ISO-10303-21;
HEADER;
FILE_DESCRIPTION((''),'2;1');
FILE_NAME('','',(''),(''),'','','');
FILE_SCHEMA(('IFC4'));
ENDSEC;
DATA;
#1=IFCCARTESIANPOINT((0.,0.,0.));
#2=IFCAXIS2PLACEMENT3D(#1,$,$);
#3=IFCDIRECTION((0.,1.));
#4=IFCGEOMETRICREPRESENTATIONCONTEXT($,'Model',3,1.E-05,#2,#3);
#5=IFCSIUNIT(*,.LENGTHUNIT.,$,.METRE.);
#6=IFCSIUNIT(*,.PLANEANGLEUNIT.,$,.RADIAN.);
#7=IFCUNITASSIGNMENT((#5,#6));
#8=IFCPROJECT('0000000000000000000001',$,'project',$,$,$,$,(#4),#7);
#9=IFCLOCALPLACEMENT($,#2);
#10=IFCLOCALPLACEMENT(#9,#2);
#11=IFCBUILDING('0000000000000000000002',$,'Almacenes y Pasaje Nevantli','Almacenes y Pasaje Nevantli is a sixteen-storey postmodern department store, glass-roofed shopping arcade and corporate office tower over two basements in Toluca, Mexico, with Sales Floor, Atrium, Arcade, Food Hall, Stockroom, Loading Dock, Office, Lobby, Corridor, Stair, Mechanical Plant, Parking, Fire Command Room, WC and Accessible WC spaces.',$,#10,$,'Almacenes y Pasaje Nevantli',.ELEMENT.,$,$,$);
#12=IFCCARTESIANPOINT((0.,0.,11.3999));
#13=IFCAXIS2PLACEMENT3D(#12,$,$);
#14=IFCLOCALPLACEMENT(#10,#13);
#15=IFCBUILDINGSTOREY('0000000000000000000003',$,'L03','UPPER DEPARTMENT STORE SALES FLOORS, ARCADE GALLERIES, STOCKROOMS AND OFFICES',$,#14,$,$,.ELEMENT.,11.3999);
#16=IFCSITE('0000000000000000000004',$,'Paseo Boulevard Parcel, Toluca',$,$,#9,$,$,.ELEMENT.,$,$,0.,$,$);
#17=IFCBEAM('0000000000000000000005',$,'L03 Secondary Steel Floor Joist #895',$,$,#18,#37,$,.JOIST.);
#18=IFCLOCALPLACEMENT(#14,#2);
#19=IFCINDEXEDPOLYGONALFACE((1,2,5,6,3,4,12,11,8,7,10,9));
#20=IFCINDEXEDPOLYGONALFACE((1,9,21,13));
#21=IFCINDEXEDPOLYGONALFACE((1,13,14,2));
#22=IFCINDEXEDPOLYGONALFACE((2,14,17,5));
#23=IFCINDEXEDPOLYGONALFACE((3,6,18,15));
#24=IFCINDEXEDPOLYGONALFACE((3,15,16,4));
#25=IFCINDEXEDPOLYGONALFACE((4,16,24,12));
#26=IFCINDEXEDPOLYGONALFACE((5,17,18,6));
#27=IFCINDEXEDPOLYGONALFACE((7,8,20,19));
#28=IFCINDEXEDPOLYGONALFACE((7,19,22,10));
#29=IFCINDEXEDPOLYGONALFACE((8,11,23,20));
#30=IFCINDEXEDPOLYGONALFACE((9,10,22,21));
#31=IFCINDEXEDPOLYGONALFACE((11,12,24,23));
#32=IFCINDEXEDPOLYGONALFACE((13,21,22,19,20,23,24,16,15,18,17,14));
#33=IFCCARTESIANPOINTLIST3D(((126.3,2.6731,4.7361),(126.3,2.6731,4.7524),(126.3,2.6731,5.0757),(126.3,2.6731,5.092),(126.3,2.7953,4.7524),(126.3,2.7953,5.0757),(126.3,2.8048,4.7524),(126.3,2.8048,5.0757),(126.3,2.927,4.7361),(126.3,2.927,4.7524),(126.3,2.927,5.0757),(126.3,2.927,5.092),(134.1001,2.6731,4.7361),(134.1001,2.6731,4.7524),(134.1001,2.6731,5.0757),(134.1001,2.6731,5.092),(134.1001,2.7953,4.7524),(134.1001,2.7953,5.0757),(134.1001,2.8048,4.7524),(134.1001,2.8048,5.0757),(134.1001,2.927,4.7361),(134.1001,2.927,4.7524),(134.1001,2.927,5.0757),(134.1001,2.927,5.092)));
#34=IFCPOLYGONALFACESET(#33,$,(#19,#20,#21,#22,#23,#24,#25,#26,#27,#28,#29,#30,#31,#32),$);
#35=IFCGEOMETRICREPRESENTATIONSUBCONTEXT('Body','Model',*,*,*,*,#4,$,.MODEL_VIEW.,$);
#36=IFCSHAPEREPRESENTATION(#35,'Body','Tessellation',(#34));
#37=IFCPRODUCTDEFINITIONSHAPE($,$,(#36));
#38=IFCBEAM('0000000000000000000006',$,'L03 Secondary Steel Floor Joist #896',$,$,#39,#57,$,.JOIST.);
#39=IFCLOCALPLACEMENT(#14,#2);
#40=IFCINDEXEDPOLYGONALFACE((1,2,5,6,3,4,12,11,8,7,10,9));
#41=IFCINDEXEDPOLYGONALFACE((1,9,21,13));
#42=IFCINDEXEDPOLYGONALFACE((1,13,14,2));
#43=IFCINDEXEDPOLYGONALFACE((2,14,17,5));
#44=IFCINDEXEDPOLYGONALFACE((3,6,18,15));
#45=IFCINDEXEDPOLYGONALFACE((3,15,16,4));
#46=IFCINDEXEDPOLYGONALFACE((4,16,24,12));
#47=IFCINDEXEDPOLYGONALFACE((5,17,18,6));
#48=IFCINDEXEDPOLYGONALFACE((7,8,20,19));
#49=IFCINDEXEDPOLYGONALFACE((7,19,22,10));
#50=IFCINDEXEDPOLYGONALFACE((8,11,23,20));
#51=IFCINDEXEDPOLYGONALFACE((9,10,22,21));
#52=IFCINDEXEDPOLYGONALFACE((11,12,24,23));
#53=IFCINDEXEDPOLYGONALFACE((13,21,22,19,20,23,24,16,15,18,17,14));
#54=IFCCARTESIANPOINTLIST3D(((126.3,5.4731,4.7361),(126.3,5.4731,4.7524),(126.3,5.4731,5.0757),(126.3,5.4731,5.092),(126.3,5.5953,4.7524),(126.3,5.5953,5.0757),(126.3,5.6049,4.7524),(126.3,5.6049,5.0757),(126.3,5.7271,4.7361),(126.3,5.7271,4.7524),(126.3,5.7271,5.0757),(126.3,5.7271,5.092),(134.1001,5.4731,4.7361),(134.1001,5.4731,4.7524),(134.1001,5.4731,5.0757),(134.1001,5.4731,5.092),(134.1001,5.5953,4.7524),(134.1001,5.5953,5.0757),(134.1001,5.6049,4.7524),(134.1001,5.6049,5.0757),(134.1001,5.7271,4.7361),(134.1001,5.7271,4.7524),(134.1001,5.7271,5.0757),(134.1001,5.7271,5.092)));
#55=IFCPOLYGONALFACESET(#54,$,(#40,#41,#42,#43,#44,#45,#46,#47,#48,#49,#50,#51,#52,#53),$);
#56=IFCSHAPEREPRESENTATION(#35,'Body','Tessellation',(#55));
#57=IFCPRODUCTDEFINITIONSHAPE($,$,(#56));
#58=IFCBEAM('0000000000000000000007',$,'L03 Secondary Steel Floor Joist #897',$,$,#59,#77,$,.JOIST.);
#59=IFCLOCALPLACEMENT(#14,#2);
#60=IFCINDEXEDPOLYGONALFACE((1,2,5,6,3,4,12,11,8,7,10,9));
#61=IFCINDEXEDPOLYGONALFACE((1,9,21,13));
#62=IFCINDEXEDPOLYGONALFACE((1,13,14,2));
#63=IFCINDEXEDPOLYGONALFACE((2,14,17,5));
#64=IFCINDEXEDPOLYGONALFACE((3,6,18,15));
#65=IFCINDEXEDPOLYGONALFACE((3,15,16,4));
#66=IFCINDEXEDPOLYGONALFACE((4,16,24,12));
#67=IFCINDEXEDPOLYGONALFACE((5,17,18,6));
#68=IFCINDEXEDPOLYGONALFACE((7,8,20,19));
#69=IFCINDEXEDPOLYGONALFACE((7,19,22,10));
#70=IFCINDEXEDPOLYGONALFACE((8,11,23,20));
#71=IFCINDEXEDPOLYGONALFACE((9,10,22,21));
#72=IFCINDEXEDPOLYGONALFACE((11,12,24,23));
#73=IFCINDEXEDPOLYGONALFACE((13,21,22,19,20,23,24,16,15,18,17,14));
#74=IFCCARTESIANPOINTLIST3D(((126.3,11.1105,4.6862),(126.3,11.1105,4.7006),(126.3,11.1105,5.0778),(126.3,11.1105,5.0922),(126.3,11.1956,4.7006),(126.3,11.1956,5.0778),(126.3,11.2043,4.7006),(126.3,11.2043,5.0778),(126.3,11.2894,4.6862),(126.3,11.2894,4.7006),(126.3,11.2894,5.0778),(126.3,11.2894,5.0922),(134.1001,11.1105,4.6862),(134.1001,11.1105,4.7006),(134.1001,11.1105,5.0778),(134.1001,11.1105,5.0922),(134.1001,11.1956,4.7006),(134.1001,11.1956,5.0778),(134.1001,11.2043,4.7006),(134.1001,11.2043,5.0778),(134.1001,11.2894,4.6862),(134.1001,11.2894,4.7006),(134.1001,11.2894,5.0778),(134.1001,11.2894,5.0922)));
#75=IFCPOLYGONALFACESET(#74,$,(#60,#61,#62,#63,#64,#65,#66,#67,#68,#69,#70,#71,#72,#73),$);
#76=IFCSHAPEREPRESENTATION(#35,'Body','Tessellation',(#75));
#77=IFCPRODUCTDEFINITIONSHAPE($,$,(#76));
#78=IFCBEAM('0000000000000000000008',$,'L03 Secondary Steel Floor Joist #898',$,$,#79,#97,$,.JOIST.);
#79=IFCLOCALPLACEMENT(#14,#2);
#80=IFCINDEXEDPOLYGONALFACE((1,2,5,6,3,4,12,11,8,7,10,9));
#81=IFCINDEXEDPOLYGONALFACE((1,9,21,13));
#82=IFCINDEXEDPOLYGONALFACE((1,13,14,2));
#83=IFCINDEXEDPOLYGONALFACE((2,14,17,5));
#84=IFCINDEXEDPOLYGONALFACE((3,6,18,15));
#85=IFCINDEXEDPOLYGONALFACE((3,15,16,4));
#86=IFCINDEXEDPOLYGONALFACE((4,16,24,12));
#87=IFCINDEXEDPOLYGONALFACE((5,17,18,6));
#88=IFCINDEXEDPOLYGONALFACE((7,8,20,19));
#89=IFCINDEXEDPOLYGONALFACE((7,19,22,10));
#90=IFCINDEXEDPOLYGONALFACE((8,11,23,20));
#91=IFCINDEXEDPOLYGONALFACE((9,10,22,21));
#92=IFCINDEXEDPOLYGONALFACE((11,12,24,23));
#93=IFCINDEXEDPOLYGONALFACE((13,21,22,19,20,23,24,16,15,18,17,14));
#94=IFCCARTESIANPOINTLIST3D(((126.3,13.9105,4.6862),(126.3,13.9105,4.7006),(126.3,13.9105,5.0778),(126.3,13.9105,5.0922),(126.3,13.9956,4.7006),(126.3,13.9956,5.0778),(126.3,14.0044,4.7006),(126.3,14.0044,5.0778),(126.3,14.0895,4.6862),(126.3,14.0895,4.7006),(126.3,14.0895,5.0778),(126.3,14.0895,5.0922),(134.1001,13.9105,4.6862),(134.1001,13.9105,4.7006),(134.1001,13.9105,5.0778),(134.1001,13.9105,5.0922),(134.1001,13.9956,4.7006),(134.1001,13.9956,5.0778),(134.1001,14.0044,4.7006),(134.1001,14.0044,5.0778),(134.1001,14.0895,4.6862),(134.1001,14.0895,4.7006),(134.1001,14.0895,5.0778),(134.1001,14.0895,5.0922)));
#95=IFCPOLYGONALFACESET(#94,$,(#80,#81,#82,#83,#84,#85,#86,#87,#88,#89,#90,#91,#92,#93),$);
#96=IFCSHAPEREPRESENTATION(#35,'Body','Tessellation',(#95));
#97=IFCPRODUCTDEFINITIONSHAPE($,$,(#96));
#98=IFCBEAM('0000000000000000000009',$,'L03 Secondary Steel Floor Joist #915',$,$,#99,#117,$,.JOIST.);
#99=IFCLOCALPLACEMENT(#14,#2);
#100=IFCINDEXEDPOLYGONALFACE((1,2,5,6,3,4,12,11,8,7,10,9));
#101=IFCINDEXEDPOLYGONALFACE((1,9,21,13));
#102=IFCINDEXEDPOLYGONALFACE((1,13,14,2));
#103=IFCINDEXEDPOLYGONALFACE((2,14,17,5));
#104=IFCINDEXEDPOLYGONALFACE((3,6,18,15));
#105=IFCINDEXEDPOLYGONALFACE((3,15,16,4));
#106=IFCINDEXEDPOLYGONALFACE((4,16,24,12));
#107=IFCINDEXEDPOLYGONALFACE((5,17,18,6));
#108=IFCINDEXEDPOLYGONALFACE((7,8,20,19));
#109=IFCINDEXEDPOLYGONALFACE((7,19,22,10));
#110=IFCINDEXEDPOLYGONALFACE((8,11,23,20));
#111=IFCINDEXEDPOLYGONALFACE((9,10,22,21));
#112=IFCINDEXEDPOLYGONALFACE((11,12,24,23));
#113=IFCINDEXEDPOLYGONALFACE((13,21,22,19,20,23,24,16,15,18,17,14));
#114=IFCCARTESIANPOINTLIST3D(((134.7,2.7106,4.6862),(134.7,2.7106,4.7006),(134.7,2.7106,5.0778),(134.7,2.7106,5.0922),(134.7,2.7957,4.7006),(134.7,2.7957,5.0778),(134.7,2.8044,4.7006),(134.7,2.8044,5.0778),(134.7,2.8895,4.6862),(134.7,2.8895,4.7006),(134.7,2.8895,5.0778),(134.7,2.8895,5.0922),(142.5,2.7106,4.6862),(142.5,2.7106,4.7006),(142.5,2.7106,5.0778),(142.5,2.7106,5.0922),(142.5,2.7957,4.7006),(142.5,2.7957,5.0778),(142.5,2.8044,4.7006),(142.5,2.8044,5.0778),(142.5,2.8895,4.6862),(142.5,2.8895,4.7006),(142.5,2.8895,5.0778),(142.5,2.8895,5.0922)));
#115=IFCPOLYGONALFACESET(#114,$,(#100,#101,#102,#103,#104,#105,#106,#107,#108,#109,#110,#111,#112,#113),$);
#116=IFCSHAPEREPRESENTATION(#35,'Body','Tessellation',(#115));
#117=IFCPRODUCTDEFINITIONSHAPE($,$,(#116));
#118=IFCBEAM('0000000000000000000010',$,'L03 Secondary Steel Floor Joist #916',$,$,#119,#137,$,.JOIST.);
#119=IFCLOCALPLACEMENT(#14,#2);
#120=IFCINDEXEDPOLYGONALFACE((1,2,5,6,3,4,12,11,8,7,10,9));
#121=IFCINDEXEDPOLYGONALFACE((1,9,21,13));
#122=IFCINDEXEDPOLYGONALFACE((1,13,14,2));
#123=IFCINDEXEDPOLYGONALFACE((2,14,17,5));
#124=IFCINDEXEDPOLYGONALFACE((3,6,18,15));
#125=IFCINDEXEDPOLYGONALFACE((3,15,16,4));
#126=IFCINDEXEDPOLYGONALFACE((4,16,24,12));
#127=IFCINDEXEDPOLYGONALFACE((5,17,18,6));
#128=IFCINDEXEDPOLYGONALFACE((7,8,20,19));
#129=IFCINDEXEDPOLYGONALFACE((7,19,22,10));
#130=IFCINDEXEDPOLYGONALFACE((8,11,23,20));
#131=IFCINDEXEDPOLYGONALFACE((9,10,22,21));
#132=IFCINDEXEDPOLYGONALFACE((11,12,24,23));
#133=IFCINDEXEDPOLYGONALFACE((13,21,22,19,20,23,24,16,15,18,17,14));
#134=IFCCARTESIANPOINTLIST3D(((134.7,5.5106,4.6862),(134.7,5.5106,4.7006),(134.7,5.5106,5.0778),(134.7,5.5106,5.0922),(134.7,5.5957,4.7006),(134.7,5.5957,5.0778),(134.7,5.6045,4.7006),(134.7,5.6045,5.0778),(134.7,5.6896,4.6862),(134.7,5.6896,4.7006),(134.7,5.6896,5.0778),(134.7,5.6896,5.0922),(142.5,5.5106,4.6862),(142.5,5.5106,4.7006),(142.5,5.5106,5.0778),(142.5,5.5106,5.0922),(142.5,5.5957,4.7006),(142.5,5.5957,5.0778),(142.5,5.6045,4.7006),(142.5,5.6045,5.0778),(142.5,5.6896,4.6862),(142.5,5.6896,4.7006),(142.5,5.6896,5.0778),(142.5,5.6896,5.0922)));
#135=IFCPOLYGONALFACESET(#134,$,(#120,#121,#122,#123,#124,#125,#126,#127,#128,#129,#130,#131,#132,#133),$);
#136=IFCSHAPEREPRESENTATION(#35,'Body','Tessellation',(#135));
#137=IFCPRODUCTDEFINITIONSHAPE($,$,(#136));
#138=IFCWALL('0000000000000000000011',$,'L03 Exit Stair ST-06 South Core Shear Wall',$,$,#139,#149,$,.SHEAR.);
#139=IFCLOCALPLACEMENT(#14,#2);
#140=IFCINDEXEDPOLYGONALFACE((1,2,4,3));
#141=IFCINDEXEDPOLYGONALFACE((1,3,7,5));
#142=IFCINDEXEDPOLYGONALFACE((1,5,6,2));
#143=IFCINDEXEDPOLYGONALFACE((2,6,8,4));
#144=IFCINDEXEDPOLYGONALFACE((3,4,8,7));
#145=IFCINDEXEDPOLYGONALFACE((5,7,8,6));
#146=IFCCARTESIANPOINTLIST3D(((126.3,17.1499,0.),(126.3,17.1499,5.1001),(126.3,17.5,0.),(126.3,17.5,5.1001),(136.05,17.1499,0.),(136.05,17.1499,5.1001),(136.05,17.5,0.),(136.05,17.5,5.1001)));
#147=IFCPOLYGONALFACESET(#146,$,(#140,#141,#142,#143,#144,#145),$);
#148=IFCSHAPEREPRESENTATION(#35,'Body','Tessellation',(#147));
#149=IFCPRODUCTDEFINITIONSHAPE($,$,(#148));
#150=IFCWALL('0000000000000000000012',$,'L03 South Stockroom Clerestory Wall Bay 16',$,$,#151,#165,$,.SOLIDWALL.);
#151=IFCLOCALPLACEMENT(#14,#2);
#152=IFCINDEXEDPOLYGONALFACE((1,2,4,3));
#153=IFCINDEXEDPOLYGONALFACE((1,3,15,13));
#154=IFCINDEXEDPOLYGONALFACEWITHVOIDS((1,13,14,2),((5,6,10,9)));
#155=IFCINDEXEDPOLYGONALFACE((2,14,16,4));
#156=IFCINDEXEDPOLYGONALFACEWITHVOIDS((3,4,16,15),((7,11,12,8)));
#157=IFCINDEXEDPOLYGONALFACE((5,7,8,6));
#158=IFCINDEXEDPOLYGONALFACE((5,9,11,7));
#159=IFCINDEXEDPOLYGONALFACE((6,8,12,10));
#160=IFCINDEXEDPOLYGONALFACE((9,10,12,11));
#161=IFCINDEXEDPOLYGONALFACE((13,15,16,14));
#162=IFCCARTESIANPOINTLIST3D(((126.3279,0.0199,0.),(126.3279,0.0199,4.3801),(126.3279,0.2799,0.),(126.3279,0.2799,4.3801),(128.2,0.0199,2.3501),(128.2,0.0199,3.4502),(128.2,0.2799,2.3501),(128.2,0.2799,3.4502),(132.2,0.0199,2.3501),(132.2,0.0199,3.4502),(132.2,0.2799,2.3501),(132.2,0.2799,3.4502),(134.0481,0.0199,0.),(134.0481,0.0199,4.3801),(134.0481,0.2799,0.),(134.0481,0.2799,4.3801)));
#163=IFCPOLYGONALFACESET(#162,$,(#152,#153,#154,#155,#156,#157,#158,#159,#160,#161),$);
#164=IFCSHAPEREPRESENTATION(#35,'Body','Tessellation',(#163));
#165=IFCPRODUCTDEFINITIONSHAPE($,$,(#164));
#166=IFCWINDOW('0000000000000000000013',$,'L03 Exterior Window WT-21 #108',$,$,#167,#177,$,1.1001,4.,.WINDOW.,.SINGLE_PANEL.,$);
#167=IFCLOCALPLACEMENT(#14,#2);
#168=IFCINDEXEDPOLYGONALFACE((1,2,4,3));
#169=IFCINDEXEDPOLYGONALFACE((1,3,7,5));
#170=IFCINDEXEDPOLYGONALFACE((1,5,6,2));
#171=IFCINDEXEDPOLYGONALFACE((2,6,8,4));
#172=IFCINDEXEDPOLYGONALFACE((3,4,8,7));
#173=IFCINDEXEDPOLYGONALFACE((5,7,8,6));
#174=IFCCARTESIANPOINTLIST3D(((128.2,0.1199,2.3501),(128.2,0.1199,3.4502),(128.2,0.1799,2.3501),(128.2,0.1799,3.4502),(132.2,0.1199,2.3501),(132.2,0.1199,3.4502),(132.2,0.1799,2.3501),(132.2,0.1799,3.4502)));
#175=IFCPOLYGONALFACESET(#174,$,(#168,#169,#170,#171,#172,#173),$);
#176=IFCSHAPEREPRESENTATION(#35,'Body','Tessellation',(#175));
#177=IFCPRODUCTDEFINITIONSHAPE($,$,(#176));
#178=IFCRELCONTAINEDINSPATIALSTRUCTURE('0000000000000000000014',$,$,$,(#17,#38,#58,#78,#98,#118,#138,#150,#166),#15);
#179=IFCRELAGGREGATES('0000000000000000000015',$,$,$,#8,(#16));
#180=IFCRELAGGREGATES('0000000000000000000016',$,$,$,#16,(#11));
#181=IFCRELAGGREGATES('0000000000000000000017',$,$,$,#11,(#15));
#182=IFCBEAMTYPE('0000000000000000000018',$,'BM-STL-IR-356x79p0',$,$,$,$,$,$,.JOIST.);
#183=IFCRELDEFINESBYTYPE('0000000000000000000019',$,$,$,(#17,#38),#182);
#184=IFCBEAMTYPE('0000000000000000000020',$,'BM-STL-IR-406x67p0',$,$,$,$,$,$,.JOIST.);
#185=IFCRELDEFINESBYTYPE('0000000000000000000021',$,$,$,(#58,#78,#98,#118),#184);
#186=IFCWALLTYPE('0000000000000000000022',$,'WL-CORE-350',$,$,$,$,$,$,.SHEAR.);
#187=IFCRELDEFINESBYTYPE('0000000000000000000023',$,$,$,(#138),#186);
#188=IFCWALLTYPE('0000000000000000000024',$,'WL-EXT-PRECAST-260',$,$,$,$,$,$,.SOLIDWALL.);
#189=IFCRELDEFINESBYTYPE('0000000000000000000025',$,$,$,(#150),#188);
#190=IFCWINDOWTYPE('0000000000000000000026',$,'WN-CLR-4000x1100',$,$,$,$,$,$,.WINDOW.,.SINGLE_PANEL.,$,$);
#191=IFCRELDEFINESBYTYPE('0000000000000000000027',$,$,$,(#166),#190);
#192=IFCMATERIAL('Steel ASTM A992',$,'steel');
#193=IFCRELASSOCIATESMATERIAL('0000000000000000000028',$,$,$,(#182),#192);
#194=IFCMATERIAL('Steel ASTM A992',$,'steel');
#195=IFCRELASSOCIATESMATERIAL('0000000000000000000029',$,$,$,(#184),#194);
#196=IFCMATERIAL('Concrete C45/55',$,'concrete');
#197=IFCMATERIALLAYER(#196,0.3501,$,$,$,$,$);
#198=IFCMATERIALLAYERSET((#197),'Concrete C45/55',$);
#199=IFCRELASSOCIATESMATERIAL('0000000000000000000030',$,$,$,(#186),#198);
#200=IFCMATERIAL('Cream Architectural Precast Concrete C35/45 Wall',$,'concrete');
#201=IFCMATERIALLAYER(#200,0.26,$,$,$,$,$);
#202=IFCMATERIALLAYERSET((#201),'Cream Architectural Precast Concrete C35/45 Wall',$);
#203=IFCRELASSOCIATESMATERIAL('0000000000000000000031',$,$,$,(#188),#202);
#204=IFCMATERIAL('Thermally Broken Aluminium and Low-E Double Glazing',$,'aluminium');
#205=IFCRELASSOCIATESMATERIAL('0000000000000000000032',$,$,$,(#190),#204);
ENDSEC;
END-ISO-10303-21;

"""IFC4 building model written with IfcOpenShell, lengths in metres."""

from ifc_helpers import new_model, si_unit, direction, frame, frame_2d, origin, origin_2d, place, context, subcontext, project, spatial, rectangle, i_section, extrude, material, layer, layer_set, material_profile, profile_set, type_object, element, fill, save


model = new_model("IFC4")

# Units and contexts
model_context = context("Model", 3, precision=1e-05, world=origin(), true_north=direction((0.0, 1.0)))
body_context = subcontext(model_context, "Body", "Model", "MODEL_VIEW")
ifc_project = project(units=[si_unit("LENGTHUNIT", "METRE"), si_unit("PLANEANGLEUNIT", "RADIAN")], contexts=[model_context])

# Site, building, storey
site_placement = place(None, origin())
site = spatial("IfcSite", under=ifc_project, at=site_placement, Name="Paseo Boulevard Parcel, Toluca", CompositionType="ELEMENT", RefElevation=0.0)
building_placement = place(site_placement, origin())
building = spatial("IfcBuilding", under=site, at=building_placement, Name="Almacenes y Pasaje Nevantli", Description="Almacenes y Pasaje Nevantli is a sixteen-storey postmodern department store, glass-roofed shopping arcade and corporate office tower over two basements in Toluca, Mexico, with Sales Floor, Atrium, Arcade, Food Hall, Stockroom, Loading Dock, Office, Lobby, Corridor, Stair, Mechanical Plant, Parking, Fire Command Room, WC and Accessible WC spaces.", LongName="Almacenes y Pasaje Nevantli", CompositionType="ELEMENT")
storey_placement = place(building_placement, frame((0.0, 0.0, 11.3999)))
storey = spatial("IfcBuildingStorey", under=building, at=storey_placement, Name="L03", Description="UPPER DEPARTMENT STORE SALES FLOORS, ARCADE GALLERIES, STOCKROOMS AND OFFICES", CompositionType="ELEMENT", Elevation=11.3999)

# Beams
ifc_material_1 = material(Name="Steel ASTM A992", Category="steel")
ifc_material_profile_1 = material_profile(ifc_material_1, i_section(OverallWidth=0.2539, OverallDepth=0.356, WebThickness=0.0095, FlangeThickness=0.0164, at=origin_2d()), Name="IR 356x79.0")
ifc_profile_set_1 = profile_set([ifc_material_profile_1], Name="Steel ASTM A992")
beam_type_1 = type_object("IfcBeamType", Name="BM-STL-IR-356x79p0", PredefinedType="JOIST", material=ifc_profile_set_1)
for number, where, z_axis, x_axis, name in (
    (1, (126.3, 2.8, 4.9141), (1.0, 0.0, 0.0), (0.0, 1.0, 0.0), "L03 Secondary Steel Floor Joist #895"),
    (2, (126.3, 5.6001, 4.9141), (1.0, 0.0, 0.0), (0.0, 1.0, 0.0), "L03 Secondary Steel Floor Joist #896"),
):
    element("IfcBeam", number, at=place(storey_placement, frame(where, z_axis=z_axis, x_axis=x_axis)), inside=storey, type_object=beam_type_1, Name=name, PredefinedType="JOIST", context=body_context, shape_type="SweptSolid", body=[
        extrude(i_section(OverallWidth=0.2539, OverallDepth=0.356, WebThickness=0.0095, FlangeThickness=0.0164, at=origin_2d()), origin(), (0.0, 0.0, 1.0), 7.8),
    ])
ifc_material_2 = material(Name="Steel ASTM A992", Category="steel")
ifc_material_profile_2 = material_profile(ifc_material_2, i_section(OverallWidth=0.179, OverallDepth=0.406, WebThickness=0.0088, FlangeThickness=0.0144, at=origin_2d()), Name="IR 406x67.0")
ifc_profile_set_2 = profile_set([ifc_material_profile_2], Name="Steel ASTM A992")
beam_type_2 = type_object("IfcBeamType", Name="BM-STL-IR-406x67p0", PredefinedType="JOIST", material=ifc_profile_set_2)
for number, where, z_axis, x_axis, name in (
    (3, (126.3, 11.2, 4.8892), (1.0, 0.0, 0.0), (0.0, 1.0, 0.0), "L03 Secondary Steel Floor Joist #897"),
    (4, (126.3, 14.0, 4.8892), (1.0, 0.0, 0.0), (0.0, 1.0, 0.0), "L03 Secondary Steel Floor Joist #898"),
    (5, (134.7, 2.8, 4.8892), (1.0, 0.0, 0.0), (0.0, 1.0, 0.0), "L03 Secondary Steel Floor Joist #915"),
    (6, (134.7, 5.6001, 4.8892), (1.0, 0.0, 0.0), (0.0, 1.0, 0.0), "L03 Secondary Steel Floor Joist #916"),
):
    element("IfcBeam", number, at=place(storey_placement, frame(where, z_axis=z_axis, x_axis=x_axis)), inside=storey, type_object=beam_type_2, Name=name, PredefinedType="JOIST", context=body_context, shape_type="SweptSolid", body=[
        extrude(i_section(OverallWidth=0.179, OverallDepth=0.406, WebThickness=0.0088, FlangeThickness=0.0144, at=origin_2d()), origin(), (0.0, 0.0, 1.0), 7.8),
    ])

# Wall
ifc_material_3 = material(Name="Concrete C45/55", Category="concrete")
ifc_layer_1 = layer(ifc_material_3, 0.3501)
ifc_layer_set_1 = layer_set([ifc_layer_1], Name="Concrete C45/55")
wall_type_1 = type_object("IfcWallType", Name="WL-CORE-350", PredefinedType="SHEAR", material=ifc_layer_set_1)
wall_1_placement = place(storey_placement, frame((126.3, 17.325, 0.0), z_axis=(0.0, 0.0, 1.0), x_axis=(1.0, 0.0, 0.0)))
element("IfcWall", 7, at=wall_1_placement, inside=storey, type_object=wall_type_1, Name="L03 Exit Stair ST-06 South Core Shear Wall", PredefinedType="SHEAR", context=body_context, shape_type="SweptSolid", body=[
    extrude(rectangle(XDim=9.75, YDim=0.3501, at=frame_2d((4.875, 0.0))), origin(), (0.0, 0.0, 1.0), 5.1001),
])

# Wall, opening, window
ifc_material_4 = material(Name="Cream Architectural Precast Concrete C35/45 Wall", Category="concrete")
ifc_layer_2 = layer(ifc_material_4, 0.26)
ifc_layer_set_2 = layer_set([ifc_layer_2], Name="Cream Architectural Precast Concrete C35/45 Wall")
wall_type_2 = type_object("IfcWallType", Name="WL-EXT-PRECAST-260", PredefinedType="SOLIDWALL", material=ifc_layer_set_2)
wall_2_placement = place(storey_placement, frame((126.3279, 0.1499, 0.0), z_axis=(0.0, 0.0, 1.0), x_axis=(1.0, 0.0, 0.0)))
wall_2 = element("IfcWall", 8, at=wall_2_placement, inside=storey, type_object=wall_type_2, Name="L03 South Stockroom Clerestory Wall Bay 16", PredefinedType="SOLIDWALL", context=body_context, shape_type="SweptSolid", body=[
    extrude(rectangle(XDim=7.7202, YDim=0.26, at=frame_2d((3.8601, 0.0))), origin(), (0.0, 0.0, 1.0), 4.3801),
])
opening_1_placement = place(wall_2_placement, frame((1.8721, 0.0, 2.3501)))
opening_1 = element("IfcOpeningElement", 9, at=opening_1_placement, cuts=wall_2, PredefinedType="OPENING", context=body_context, shape_type="SweptSolid", body=[
    extrude(rectangle(XDim=4.0, YDim=1.1001, at=frame_2d((2.0, 0.55))), frame((0.0, 0.1399, 0.0), z_axis=(0.0, -1.0, 0.0), x_axis=(1.0, 0.0, 0.0)), (0.0, 0.0, 1.0), 0.28),
])
ifc_material_5 = material(Name="Thermally Broken Aluminium and Low-E Double Glazing", Category="aluminium")
window_type_1 = type_object("IfcWindowType", Name="WN-CLR-4000x1100", PartitioningType="SINGLE_PANEL", PredefinedType="WINDOW", material=ifc_material_5)
window_1_placement = place(opening_1_placement, origin())
window_1 = element("IfcWindow", 10, at=window_1_placement, inside=storey, type_object=window_type_1, Name="L03 Exterior Window WT-21 #108", OverallHeight=1.1001, OverallWidth=4.0, PartitioningType="SINGLE_PANEL", PredefinedType="WINDOW", context=body_context, shape_type="SweptSolid", body=[
    extrude(rectangle(XDim=4.0, YDim=1.1001, at=frame_2d((2.0, 0.55))), frame((0.0, 0.03, 0.0), z_axis=(0.0, -1.0, 0.0), x_axis=(1.0, 0.0, 0.0)), (0.0, 0.0, 1.0), 0.0601),
])
fill(opening_1, window_1)

save(model, "model.ifc")
